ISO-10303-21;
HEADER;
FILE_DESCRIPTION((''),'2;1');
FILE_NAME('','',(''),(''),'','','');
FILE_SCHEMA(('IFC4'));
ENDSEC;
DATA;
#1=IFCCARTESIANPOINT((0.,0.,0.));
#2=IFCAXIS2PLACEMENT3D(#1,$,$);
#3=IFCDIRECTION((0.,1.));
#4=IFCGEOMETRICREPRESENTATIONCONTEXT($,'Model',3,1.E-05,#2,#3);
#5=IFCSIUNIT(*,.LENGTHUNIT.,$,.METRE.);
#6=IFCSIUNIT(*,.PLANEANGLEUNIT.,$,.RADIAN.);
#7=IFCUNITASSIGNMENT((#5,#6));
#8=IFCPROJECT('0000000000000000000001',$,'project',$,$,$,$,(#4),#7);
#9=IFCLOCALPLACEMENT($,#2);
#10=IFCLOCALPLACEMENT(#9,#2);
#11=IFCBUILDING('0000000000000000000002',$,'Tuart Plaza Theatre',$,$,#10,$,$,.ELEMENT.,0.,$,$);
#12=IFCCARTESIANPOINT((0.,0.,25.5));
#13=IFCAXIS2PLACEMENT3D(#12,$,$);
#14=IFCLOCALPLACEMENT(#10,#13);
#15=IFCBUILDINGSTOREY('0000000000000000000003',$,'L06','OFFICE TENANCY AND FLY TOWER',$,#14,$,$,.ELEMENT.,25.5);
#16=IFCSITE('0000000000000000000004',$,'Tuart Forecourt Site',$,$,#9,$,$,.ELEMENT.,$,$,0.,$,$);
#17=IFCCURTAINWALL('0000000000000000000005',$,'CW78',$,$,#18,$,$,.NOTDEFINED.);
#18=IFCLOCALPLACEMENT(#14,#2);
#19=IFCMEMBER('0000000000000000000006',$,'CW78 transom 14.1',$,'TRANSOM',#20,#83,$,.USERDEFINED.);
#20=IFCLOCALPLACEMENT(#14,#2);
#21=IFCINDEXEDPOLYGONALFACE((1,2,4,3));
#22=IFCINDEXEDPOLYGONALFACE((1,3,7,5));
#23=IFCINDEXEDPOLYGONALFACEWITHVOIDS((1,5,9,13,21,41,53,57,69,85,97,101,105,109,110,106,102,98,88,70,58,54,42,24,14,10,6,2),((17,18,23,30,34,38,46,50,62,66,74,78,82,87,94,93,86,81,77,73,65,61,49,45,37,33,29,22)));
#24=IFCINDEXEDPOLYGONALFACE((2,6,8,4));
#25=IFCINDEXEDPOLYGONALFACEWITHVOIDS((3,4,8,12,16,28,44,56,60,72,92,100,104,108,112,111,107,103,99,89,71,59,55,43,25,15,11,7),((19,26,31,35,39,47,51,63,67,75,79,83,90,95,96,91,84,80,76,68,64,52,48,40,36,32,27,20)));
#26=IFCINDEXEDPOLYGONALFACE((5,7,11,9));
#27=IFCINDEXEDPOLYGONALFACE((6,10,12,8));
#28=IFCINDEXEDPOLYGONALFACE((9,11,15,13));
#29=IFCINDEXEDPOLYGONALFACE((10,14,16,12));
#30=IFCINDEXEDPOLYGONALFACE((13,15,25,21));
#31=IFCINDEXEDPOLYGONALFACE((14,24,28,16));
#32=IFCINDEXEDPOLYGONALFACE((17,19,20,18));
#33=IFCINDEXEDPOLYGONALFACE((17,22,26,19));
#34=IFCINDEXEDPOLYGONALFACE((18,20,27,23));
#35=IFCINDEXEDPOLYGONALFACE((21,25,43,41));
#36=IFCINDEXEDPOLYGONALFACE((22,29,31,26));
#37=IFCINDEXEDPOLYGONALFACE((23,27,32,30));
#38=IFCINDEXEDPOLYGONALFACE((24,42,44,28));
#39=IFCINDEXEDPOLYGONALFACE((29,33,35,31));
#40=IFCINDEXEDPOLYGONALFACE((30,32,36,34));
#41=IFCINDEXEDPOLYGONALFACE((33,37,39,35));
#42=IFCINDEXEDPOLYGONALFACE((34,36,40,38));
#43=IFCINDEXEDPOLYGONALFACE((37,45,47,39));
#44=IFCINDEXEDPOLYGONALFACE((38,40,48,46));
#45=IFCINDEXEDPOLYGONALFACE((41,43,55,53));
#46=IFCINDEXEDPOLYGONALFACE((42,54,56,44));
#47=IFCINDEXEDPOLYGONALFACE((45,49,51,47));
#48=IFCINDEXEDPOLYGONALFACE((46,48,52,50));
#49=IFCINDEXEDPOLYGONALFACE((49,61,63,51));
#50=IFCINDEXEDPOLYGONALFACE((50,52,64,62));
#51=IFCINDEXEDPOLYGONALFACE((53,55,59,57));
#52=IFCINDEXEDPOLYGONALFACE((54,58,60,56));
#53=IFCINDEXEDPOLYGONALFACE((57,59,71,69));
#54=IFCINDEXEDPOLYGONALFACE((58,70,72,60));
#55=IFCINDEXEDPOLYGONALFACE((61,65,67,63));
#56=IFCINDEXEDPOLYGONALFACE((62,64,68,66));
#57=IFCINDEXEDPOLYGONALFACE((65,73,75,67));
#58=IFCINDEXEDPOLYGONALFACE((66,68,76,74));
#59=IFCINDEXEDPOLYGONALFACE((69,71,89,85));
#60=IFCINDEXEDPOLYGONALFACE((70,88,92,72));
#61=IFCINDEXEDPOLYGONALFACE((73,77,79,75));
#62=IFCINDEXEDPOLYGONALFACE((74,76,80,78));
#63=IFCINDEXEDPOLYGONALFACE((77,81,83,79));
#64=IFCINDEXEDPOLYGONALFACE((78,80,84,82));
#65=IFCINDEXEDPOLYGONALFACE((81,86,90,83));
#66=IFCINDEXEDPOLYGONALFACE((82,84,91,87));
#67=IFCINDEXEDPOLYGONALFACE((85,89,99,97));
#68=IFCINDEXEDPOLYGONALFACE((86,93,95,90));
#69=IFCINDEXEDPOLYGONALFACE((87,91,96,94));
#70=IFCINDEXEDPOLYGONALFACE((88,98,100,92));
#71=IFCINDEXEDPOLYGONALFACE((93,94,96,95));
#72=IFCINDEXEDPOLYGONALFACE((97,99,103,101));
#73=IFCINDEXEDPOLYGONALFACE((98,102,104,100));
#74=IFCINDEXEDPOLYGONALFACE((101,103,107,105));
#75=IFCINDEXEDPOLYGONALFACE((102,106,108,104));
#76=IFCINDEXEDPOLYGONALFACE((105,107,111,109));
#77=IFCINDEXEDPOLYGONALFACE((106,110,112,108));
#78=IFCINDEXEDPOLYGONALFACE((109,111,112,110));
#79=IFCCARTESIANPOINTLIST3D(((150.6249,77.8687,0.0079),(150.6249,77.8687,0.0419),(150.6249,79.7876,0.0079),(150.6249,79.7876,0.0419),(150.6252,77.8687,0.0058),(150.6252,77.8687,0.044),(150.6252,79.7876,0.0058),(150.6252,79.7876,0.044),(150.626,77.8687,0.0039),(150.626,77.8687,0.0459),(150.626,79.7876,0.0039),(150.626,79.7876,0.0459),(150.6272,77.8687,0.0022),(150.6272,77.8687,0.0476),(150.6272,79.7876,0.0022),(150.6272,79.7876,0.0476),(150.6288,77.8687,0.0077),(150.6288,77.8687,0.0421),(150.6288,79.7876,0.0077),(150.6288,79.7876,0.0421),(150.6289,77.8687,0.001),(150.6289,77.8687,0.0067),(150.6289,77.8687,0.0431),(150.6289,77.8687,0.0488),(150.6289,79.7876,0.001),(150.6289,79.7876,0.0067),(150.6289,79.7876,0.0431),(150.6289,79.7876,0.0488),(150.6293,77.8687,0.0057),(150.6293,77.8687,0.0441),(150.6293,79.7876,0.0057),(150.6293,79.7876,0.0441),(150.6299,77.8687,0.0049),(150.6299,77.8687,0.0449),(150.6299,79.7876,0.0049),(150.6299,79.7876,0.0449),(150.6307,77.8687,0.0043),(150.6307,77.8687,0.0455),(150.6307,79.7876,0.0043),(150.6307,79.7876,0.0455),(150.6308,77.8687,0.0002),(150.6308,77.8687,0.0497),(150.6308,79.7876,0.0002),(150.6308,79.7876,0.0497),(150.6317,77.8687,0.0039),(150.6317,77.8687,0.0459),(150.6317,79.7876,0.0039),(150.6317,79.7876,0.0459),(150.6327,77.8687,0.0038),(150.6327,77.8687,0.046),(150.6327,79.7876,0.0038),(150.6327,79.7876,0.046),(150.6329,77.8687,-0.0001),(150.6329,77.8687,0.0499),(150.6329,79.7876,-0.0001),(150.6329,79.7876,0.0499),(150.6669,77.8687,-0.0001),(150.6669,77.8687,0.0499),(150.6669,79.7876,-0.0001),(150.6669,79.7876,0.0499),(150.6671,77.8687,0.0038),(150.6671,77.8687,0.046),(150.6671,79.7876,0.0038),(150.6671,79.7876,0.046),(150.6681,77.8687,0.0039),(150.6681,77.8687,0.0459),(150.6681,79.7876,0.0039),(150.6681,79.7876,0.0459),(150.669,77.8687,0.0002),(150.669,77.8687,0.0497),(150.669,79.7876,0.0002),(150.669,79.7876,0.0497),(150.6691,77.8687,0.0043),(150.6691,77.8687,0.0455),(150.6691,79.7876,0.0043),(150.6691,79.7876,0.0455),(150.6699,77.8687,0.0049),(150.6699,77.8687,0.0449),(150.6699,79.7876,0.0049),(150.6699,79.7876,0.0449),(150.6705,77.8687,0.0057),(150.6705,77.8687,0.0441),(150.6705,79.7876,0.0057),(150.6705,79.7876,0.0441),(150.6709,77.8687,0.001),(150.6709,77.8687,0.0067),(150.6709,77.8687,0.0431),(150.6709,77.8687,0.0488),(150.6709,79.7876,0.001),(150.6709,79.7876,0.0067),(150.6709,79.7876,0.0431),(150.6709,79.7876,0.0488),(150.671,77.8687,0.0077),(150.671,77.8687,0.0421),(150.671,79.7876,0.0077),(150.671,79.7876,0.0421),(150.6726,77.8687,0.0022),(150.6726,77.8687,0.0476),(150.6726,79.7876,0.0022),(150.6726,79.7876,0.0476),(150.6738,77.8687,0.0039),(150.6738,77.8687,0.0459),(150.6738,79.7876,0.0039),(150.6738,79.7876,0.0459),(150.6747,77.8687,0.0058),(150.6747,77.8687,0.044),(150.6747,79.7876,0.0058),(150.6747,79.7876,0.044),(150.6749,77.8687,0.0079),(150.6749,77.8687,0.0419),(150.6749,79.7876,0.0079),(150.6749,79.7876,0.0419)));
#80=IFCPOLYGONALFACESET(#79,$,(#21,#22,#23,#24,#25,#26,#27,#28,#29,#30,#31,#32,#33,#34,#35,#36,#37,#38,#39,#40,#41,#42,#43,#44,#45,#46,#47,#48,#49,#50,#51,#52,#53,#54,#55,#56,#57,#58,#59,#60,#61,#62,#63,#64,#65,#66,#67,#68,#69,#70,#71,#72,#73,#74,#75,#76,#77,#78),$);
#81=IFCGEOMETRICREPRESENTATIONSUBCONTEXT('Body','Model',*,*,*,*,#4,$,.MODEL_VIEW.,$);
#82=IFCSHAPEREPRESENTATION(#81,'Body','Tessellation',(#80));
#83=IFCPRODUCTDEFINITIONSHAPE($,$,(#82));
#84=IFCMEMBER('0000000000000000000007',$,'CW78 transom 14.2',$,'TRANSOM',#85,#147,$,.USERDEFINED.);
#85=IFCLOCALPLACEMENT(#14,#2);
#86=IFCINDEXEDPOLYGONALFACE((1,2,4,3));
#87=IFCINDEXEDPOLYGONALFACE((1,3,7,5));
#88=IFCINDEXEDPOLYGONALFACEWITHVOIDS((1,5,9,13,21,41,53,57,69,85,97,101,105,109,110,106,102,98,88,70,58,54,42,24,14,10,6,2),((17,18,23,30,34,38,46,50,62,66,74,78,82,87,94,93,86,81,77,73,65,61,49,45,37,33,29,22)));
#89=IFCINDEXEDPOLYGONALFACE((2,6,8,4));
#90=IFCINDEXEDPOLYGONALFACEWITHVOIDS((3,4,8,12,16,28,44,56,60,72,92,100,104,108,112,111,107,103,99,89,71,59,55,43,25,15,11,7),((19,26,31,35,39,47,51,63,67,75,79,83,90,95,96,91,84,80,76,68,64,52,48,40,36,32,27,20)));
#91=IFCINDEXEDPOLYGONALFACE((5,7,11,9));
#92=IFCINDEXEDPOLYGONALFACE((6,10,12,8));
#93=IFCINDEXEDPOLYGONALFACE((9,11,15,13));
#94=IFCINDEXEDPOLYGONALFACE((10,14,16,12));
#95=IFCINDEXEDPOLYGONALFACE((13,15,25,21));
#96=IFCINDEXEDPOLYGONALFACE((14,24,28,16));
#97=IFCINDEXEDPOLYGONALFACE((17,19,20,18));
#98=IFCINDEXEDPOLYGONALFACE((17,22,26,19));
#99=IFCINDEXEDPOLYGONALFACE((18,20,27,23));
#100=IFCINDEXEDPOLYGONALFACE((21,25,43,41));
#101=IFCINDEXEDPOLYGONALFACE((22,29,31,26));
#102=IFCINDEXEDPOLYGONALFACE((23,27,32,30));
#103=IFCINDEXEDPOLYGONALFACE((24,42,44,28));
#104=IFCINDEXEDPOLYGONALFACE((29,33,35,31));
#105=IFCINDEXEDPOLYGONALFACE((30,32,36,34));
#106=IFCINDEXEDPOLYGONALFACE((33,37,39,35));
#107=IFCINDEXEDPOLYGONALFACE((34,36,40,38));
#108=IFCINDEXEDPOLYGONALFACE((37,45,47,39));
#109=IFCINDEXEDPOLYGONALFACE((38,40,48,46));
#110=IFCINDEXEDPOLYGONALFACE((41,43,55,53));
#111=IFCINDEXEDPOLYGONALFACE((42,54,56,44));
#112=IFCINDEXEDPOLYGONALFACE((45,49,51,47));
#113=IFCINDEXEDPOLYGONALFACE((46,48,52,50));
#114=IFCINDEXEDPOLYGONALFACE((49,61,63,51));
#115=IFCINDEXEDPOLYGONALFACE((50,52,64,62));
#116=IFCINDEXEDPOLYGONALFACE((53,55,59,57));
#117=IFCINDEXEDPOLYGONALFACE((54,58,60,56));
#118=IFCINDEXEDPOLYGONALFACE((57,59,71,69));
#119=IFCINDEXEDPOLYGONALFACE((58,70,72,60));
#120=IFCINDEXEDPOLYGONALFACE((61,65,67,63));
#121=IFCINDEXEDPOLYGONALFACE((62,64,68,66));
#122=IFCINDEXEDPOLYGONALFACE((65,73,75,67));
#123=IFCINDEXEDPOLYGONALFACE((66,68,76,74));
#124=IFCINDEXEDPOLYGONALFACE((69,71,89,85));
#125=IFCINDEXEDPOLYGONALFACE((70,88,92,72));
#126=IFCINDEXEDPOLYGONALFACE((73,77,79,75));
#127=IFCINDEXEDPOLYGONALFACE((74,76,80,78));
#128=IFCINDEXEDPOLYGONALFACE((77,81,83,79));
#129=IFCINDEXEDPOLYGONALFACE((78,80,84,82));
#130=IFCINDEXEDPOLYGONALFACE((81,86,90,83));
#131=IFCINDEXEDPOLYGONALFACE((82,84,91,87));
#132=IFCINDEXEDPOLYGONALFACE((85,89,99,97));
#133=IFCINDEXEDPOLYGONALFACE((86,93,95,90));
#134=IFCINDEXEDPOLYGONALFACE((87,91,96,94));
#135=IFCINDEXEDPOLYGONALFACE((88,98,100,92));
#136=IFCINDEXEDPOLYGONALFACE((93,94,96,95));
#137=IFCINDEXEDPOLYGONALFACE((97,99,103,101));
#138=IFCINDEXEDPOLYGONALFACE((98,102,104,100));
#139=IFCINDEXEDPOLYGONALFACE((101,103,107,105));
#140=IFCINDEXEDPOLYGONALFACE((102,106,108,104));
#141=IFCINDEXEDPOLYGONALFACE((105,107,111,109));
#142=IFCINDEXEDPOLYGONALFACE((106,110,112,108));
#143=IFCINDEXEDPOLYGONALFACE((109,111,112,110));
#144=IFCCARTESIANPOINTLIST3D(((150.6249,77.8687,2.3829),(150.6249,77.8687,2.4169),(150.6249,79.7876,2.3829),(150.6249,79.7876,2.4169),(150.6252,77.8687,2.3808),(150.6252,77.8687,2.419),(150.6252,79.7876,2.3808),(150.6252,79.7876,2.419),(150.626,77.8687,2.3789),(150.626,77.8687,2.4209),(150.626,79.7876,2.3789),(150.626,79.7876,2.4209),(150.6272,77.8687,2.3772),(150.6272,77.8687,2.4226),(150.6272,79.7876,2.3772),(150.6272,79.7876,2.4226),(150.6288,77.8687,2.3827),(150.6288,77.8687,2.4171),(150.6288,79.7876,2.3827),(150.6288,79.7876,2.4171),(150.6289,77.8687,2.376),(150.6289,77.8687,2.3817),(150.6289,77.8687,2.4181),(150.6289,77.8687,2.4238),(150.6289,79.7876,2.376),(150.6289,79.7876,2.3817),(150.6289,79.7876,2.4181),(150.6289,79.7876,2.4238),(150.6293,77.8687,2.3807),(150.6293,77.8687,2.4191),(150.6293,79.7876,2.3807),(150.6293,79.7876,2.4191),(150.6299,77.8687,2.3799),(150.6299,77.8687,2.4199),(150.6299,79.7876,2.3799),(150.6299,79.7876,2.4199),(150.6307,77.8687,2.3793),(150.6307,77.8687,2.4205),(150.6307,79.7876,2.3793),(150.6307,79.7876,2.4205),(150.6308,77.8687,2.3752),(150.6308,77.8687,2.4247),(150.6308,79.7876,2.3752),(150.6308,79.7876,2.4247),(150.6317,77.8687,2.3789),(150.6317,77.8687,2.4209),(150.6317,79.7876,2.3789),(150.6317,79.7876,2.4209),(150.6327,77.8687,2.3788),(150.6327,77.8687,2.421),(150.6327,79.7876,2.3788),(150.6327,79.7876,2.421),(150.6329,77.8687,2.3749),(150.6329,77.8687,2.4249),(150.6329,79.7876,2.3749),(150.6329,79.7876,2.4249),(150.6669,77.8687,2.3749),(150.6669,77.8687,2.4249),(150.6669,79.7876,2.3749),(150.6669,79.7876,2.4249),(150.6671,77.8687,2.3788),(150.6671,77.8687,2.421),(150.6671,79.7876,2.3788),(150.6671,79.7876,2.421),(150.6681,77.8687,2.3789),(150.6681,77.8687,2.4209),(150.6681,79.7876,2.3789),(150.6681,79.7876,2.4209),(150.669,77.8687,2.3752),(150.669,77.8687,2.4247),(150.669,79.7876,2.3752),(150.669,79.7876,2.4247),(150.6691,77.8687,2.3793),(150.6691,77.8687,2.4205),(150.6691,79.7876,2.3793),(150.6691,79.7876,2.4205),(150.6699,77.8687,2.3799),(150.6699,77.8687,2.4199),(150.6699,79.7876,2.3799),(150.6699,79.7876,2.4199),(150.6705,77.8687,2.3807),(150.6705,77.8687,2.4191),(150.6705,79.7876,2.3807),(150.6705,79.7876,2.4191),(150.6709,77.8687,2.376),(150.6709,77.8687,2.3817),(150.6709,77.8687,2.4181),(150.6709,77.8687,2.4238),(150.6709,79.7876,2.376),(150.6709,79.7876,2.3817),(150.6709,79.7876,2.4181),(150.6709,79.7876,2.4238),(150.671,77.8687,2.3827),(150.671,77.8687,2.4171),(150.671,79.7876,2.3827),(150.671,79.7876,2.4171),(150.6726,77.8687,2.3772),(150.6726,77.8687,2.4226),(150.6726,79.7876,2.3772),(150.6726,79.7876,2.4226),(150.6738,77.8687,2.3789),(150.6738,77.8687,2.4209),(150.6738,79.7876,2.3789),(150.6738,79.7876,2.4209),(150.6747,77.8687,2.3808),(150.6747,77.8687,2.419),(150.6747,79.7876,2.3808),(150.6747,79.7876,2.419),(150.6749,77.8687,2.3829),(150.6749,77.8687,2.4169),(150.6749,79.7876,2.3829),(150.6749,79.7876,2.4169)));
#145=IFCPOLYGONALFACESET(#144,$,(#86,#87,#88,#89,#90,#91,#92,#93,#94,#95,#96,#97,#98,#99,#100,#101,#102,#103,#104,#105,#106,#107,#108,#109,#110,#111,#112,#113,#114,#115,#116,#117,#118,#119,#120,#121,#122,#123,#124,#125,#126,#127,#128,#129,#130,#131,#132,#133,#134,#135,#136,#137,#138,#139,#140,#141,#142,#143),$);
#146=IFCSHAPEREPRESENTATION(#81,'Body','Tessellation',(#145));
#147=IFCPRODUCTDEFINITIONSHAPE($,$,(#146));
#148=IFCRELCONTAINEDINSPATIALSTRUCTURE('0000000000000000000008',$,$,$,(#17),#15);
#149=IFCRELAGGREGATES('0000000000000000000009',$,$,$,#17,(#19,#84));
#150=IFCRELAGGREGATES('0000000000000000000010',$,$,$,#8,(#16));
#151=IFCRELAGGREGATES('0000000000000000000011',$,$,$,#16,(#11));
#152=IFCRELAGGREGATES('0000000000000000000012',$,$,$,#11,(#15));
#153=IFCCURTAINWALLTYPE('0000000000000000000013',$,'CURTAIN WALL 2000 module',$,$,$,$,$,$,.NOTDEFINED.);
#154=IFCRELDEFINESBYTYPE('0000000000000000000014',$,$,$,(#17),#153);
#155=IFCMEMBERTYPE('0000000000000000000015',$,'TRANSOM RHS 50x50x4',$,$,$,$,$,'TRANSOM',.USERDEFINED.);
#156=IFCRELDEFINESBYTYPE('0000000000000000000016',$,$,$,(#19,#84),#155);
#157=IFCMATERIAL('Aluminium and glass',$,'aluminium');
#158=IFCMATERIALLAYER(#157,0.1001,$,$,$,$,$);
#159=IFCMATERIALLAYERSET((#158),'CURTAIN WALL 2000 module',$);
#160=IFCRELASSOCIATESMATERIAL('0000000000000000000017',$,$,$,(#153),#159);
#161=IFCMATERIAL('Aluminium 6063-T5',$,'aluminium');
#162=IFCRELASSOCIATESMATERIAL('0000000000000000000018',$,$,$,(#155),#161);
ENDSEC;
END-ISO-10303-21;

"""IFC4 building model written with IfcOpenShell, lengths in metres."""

from ifc_helpers import new_model, si_unit, direction, frame, origin, origin_2d, place, context, subcontext, project, spatial, hollow_rectangle, extrude, material, layer, layer_set, material_profile, profile_set, type_object, element, aggregate, save


model = new_model("IFC4")

# Units and contexts
model_context = context("Model", 3, precision=1e-05, world=origin(), true_north=direction((0.0, 1.0)))
body_context = subcontext(model_context, "Body", "Model", "MODEL_VIEW")
ifc_project = project(units=[si_unit("LENGTHUNIT", "METRE"), si_unit("PLANEANGLEUNIT", "RADIAN")], contexts=[model_context])

# Site, building, storey
site_placement = place(None, origin())
site = spatial("IfcSite", under=ifc_project, at=site_placement, Name="Tuart Forecourt Site", CompositionType="ELEMENT", RefElevation=0.0)
building_placement = place(site_placement, origin())
building = spatial("IfcBuilding", under=site, at=building_placement, Name="Tuart Plaza Theatre", CompositionType="ELEMENT", ElevationOfRefHeight=0.0)
storey_placement = place(building_placement, frame((0.0, 0.0, 25.5)))
storey = spatial("IfcBuildingStorey", under=building, at=storey_placement, Name="L06", Description="OFFICE TENANCY AND FLY TOWER", CompositionType="ELEMENT", Elevation=25.5)

# Curtain wall, members
ifc_material_1 = material(Name="Aluminium and glass", Category="aluminium")
ifc_layer_1 = layer(ifc_material_1, 0.1001)
ifc_layer_set_1 = layer_set([ifc_layer_1], Name="CURTAIN WALL 2000 module")
curtain_wall_type = type_object("IfcCurtainWallType", Name="CURTAIN WALL 2000 module", PredefinedType="NOTDEFINED", material=ifc_layer_set_1)
curtain_wall_placement = place(storey_placement, origin())
curtain_wall = element("IfcCurtainWall", 1, at=curtain_wall_placement, inside=storey, type_object=curtain_wall_type, Name="CW78", PredefinedType="NOTDEFINED")
ifc_material_2 = material(Name="Aluminium 6063-T5", Category="aluminium")
ifc_material_profile_1 = material_profile(ifc_material_2, hollow_rectangle(XDim=0.05, YDim=0.05, WallThickness=0.0039, InnerFilletRadius=0.0039, OuterFilletRadius=0.0081, at=origin_2d()), Name="RHS 50x50x4")
ifc_profile_set_1 = profile_set([ifc_material_profile_1], Name="Aluminium 6063-T5")
member_type_1 = type_object("IfcMemberType", Name="TRANSOM RHS 50x50x4", ElementType="TRANSOM", PredefinedType="USERDEFINED", material=ifc_profile_set_1)
member_1_placement = place(storey_placement, frame((150.6499, 77.8687, 0.0249), z_axis=(0.0, 1.0, 0.0), x_axis=(-1.0, 0.0, 0.0)))
member_1 = element("IfcMember", 2, at=member_1_placement, type_object=member_type_1, Name="CW78 transom 14.1", ObjectType="TRANSOM", PredefinedType="USERDEFINED", context=body_context, shape_type="SweptSolid", body=[
    extrude(hollow_rectangle(XDim=0.05, YDim=0.05, WallThickness=0.0039, InnerFilletRadius=0.0039, OuterFilletRadius=0.0081, at=origin_2d()), origin(), (0.0, 0.0, 1.0), 1.9189),
])
member_2_placement = place(storey_placement, frame((150.6499, 77.8687, 2.3999), z_axis=(0.0, 1.0, 0.0), x_axis=(-1.0, 0.0, 0.0)))
member_2 = element("IfcMember", 3, at=member_2_placement, type_object=member_type_1, Name="CW78 transom 14.2", ObjectType="TRANSOM", PredefinedType="USERDEFINED", context=body_context, shape_type="SweptSolid", body=[
    extrude(hollow_rectangle(XDim=0.05, YDim=0.05, WallThickness=0.0039, InnerFilletRadius=0.0039, OuterFilletRadius=0.0081, at=origin_2d()), origin(), (0.0, 0.0, 1.0), 1.9189),
])
aggregate(curtain_wall, [member_1, member_2])

save(model, "model.ifc")
